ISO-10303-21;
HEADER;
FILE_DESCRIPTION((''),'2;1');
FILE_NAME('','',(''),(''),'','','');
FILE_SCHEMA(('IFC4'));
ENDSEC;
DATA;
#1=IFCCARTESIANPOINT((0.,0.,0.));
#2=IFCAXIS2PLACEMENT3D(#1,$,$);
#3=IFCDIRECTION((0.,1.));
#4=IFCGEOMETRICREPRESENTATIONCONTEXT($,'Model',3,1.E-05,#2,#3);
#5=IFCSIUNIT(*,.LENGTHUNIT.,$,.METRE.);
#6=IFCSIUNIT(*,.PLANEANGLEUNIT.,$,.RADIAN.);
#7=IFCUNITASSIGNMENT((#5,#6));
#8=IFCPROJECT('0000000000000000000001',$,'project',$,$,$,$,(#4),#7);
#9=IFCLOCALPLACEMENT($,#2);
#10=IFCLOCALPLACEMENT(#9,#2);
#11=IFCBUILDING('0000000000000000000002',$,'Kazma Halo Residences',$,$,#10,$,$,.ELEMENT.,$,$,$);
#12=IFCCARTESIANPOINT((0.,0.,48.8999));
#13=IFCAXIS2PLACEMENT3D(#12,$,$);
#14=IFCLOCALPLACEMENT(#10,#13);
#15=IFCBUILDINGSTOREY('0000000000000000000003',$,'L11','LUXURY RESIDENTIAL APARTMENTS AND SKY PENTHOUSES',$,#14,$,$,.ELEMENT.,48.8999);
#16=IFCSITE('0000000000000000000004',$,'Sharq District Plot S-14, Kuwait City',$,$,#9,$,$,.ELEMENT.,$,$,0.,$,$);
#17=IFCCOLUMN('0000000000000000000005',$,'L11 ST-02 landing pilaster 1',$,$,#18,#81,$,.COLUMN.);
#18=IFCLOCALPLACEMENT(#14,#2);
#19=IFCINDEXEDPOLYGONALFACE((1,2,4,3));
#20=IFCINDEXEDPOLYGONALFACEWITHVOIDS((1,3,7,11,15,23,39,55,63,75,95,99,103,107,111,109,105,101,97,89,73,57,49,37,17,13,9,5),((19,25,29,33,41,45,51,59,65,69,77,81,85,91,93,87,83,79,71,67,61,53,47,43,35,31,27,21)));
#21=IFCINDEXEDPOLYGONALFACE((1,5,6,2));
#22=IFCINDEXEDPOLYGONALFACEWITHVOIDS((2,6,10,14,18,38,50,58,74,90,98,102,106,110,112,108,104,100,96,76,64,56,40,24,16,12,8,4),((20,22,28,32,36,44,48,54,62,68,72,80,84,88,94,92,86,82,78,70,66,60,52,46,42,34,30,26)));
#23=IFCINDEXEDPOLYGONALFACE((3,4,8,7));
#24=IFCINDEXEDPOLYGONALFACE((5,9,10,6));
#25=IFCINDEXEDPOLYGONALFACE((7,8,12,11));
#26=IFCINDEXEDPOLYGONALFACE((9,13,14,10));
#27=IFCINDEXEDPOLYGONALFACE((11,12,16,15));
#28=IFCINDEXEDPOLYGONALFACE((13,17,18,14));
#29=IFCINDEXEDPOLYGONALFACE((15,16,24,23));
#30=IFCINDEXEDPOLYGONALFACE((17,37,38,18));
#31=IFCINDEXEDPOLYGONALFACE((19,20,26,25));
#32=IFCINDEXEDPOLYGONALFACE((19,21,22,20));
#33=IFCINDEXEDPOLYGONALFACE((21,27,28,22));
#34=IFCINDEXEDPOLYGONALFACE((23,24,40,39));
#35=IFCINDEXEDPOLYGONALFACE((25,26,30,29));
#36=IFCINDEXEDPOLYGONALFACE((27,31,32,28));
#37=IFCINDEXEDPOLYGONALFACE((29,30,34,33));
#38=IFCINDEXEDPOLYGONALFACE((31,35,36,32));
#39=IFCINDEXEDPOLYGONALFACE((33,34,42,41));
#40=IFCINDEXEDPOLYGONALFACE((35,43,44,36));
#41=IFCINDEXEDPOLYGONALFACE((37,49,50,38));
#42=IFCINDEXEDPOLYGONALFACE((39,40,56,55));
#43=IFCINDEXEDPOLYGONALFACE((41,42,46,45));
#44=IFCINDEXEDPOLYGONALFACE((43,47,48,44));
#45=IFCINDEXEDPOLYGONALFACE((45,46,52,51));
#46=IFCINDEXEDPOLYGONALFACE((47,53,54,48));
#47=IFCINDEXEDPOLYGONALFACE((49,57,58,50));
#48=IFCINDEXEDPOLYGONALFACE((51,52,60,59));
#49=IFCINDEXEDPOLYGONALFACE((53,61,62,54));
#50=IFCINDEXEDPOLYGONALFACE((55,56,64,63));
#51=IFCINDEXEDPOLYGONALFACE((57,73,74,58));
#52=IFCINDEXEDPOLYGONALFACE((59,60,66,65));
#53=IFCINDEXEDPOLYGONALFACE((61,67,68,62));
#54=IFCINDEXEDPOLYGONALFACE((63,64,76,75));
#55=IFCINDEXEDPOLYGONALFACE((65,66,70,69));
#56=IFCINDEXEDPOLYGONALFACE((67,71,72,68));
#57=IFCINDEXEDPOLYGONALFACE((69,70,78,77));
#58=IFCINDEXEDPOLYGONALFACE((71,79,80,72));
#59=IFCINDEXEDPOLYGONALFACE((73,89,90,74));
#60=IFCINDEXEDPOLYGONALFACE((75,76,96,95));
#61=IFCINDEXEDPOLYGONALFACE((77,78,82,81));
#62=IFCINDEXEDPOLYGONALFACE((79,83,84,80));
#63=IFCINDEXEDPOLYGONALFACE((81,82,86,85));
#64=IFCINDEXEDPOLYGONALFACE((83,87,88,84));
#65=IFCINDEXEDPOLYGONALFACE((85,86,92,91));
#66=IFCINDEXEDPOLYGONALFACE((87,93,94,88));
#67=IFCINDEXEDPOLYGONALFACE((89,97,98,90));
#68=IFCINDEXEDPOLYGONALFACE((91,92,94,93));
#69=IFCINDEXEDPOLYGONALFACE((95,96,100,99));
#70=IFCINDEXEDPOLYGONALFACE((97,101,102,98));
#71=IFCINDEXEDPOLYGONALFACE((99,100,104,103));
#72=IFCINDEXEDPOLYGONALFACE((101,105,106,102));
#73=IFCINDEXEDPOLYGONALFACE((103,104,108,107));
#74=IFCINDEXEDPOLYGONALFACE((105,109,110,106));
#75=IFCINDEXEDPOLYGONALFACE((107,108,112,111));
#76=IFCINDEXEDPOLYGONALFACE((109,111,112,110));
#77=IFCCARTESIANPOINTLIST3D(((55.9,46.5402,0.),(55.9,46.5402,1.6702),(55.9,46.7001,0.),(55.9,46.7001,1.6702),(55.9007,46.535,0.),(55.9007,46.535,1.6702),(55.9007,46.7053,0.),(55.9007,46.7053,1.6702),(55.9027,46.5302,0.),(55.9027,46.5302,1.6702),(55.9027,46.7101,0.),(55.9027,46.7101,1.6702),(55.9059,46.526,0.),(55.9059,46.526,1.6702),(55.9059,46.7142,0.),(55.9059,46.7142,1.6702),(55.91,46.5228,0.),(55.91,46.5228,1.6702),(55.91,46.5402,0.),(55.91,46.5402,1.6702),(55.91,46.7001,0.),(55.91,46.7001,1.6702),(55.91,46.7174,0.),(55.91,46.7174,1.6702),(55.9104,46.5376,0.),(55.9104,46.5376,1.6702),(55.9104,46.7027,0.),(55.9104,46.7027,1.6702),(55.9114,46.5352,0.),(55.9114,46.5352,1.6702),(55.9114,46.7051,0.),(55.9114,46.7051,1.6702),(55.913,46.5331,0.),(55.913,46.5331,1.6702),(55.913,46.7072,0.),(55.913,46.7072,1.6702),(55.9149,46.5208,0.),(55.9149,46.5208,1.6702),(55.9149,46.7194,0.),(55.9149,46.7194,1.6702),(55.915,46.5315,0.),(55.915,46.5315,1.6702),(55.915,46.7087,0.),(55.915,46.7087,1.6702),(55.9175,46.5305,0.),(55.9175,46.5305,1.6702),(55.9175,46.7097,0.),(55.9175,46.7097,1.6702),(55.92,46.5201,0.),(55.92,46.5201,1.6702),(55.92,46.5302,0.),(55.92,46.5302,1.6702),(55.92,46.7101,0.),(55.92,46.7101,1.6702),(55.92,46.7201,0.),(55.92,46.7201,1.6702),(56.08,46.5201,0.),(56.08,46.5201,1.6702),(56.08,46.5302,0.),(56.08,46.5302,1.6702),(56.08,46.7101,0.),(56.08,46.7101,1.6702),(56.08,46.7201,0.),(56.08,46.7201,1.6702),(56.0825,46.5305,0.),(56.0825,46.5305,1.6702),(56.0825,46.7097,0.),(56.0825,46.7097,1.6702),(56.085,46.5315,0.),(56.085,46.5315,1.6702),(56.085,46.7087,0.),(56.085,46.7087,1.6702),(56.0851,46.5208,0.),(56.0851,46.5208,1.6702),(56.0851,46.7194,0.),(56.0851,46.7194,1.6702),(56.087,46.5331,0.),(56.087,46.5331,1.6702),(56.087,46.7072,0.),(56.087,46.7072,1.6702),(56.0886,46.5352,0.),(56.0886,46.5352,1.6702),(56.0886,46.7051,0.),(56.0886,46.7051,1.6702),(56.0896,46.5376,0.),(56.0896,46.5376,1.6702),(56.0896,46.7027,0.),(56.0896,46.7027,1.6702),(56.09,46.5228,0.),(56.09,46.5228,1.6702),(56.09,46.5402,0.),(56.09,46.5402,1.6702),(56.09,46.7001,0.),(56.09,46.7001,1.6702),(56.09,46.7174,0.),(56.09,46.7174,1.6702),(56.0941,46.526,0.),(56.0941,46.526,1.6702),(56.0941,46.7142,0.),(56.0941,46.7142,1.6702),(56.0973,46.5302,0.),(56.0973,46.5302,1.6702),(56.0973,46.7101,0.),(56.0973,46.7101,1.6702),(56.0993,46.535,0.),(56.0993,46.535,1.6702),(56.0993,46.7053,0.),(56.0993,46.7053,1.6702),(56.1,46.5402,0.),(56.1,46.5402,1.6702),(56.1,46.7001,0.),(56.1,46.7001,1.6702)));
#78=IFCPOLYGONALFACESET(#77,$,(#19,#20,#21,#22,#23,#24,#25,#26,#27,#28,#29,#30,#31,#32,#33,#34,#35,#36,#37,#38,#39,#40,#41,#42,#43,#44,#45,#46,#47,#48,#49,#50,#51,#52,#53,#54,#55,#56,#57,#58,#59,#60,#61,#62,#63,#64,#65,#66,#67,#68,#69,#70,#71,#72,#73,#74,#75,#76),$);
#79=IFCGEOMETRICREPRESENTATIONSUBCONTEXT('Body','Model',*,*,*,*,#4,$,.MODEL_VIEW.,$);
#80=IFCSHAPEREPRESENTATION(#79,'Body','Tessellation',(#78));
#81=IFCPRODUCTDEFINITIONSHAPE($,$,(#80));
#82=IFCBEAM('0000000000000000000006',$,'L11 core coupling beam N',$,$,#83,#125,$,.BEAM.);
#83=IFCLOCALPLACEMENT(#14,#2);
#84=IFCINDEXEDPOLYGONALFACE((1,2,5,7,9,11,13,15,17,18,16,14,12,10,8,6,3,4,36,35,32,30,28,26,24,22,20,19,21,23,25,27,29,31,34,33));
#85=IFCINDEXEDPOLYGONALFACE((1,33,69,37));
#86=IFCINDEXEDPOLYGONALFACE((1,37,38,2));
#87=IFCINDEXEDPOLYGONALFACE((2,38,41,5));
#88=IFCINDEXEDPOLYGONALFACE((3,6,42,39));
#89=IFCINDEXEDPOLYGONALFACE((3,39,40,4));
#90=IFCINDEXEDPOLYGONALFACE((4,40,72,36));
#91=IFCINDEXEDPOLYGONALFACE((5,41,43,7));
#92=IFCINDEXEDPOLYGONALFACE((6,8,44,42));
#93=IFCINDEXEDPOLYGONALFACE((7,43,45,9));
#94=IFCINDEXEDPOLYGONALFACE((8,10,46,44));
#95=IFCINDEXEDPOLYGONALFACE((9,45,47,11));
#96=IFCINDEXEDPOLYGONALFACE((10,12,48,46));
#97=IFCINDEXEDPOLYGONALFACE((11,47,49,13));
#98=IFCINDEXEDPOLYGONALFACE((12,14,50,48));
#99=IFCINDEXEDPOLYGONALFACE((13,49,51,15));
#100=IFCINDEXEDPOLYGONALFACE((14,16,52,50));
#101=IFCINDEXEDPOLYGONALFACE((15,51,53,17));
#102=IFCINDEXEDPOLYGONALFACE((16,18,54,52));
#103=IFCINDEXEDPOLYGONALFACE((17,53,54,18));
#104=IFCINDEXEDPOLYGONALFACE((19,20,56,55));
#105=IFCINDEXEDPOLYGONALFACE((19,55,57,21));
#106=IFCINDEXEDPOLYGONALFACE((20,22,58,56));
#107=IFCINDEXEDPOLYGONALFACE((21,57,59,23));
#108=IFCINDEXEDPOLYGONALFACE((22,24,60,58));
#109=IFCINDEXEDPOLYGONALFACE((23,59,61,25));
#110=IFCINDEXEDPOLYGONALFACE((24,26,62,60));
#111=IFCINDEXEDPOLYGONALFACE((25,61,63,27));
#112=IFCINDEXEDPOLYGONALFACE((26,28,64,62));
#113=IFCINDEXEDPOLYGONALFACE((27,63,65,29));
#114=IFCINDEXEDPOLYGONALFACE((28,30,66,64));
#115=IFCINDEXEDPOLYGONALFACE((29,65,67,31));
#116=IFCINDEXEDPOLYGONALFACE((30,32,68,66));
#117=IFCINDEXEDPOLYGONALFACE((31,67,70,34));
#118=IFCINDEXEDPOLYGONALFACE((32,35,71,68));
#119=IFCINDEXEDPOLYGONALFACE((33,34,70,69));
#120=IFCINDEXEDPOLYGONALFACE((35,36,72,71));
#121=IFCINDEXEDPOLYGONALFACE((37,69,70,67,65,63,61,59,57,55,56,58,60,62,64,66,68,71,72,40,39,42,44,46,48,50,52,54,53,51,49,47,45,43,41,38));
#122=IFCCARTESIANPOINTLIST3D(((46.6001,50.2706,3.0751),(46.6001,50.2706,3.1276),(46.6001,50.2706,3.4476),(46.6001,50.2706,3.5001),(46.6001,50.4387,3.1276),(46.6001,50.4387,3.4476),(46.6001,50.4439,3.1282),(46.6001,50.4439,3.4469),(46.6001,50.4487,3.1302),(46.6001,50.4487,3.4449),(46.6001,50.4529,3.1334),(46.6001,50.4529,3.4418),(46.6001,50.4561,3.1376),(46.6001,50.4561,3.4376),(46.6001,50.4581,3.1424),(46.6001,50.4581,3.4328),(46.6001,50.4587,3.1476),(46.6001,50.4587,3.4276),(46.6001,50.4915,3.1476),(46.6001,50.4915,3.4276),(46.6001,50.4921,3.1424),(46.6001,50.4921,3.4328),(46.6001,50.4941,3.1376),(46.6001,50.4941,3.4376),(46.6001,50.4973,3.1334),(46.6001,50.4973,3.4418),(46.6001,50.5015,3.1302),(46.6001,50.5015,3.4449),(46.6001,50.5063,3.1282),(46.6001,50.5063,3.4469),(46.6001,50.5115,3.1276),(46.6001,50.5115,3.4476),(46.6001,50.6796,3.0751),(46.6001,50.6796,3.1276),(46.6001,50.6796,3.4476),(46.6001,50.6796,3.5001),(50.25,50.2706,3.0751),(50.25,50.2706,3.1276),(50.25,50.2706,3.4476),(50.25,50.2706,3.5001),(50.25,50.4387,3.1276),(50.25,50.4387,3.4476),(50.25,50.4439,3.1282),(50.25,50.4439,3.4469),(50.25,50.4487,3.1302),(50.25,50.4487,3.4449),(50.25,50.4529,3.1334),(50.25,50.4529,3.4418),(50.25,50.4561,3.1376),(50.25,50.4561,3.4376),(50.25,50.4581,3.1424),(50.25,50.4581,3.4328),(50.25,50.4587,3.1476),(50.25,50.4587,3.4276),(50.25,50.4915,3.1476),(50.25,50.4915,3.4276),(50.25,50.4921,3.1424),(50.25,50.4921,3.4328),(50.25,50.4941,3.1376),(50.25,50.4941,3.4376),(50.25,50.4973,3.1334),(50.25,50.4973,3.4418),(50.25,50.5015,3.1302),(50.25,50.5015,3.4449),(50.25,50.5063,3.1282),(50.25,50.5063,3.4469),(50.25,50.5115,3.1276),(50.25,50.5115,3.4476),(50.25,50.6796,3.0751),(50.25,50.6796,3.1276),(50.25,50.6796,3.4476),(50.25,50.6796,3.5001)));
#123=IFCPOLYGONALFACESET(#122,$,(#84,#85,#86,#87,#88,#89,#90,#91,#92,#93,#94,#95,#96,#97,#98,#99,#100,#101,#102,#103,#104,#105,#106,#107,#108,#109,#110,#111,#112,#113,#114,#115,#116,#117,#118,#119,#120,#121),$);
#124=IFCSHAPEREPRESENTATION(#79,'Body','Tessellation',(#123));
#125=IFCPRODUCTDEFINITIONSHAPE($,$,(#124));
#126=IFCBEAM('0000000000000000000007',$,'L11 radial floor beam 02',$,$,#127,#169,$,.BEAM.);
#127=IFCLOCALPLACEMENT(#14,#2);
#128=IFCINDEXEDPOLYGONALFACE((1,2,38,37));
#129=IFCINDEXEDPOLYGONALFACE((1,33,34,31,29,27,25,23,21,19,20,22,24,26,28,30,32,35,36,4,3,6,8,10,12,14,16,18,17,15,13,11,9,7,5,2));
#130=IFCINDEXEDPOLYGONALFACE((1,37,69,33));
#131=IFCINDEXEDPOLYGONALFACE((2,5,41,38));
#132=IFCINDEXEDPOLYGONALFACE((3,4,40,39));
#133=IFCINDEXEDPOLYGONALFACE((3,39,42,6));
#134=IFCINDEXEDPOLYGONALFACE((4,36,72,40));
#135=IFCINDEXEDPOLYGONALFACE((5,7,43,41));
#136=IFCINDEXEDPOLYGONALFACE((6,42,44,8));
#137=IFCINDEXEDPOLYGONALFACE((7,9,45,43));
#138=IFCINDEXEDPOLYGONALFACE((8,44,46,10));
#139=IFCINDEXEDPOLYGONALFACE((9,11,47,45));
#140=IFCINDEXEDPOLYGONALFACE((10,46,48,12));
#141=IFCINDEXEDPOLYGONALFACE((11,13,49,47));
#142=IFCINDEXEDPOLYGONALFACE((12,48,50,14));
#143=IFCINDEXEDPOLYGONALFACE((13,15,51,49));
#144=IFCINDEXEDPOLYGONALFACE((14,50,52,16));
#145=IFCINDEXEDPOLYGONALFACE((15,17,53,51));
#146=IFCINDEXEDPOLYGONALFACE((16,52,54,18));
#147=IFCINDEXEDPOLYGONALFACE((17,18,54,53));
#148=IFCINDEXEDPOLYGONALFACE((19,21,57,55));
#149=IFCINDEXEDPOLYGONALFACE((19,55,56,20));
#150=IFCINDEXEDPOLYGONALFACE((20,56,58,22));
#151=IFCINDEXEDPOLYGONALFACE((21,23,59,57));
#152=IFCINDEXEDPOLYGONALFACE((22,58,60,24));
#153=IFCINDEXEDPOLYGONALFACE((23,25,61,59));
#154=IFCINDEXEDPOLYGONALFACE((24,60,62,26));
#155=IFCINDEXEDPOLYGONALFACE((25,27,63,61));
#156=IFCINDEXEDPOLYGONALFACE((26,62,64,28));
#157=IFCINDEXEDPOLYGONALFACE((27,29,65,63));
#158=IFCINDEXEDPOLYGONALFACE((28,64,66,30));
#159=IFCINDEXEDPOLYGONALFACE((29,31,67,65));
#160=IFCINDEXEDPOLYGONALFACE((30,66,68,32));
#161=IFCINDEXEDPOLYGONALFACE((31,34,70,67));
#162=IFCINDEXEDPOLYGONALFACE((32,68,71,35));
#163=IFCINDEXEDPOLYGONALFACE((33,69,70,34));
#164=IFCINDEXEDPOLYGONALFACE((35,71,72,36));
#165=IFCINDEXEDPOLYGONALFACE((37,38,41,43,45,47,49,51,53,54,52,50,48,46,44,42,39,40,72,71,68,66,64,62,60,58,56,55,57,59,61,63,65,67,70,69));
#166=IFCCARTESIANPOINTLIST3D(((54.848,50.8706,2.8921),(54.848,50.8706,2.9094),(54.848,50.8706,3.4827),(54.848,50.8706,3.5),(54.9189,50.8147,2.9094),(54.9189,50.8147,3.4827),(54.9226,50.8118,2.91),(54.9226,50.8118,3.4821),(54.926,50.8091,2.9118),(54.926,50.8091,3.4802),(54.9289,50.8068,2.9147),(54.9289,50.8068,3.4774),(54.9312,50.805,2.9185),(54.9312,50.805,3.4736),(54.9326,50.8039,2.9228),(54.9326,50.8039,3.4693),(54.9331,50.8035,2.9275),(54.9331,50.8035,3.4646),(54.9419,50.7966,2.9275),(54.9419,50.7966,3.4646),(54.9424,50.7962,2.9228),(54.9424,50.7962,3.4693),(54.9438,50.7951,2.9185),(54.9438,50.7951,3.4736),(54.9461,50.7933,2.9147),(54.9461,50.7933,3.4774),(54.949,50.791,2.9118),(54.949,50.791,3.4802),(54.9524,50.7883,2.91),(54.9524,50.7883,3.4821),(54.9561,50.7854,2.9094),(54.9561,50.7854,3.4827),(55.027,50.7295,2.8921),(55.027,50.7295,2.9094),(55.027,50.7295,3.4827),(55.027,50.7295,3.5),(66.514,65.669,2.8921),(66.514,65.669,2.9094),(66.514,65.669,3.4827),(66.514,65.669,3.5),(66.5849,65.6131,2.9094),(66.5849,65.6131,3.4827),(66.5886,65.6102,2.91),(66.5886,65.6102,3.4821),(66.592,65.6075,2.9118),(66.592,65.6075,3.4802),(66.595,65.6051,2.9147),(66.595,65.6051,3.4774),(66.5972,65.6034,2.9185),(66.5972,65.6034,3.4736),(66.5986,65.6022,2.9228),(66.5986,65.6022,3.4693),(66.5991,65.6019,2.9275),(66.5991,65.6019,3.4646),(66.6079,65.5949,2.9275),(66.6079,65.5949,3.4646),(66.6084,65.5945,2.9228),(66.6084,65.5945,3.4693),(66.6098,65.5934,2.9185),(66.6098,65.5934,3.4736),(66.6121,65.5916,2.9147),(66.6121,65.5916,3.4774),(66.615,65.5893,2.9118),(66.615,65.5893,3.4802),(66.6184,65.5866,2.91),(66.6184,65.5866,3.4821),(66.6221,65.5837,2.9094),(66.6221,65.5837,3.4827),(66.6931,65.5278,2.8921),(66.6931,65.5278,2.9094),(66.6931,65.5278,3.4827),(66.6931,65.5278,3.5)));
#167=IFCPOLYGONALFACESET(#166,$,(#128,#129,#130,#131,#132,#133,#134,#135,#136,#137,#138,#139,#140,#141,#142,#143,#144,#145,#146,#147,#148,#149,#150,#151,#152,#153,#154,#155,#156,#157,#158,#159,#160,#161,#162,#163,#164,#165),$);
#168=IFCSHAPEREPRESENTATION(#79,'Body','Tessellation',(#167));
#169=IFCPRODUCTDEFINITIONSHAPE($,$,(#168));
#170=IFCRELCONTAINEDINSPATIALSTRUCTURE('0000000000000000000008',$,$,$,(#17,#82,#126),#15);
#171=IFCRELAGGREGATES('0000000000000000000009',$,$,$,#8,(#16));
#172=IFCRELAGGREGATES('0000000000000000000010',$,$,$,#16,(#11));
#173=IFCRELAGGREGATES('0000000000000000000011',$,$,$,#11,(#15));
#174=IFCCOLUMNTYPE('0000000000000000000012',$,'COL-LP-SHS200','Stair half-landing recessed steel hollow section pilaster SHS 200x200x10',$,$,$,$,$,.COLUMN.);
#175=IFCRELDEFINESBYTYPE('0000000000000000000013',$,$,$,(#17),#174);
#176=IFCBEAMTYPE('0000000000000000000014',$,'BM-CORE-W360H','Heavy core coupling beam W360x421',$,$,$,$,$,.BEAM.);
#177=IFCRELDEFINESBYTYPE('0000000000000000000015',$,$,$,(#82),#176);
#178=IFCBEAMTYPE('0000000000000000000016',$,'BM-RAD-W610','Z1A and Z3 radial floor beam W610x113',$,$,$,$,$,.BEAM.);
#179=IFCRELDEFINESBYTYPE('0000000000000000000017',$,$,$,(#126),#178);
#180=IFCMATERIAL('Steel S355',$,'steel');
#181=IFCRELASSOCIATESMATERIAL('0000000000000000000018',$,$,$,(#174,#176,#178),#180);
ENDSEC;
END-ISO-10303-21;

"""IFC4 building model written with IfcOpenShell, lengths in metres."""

from ifc_helpers import new_model, si_unit, direction, frame, origin, origin_2d, place, context, subcontext, project, spatial, hollow_rectangle, i_section, extrude, material, material_profile, profile_set, type_object, element, save


model = new_model("IFC4")

# Units and contexts
model_context = context("Model", 3, precision=1e-05, world=origin(), true_north=direction((0.0, 1.0)))
body_context = subcontext(model_context, "Body", "Model", "MODEL_VIEW")
ifc_project = project(units=[si_unit("LENGTHUNIT", "METRE"), si_unit("PLANEANGLEUNIT", "RADIAN")], contexts=[model_context])

# Site, building, storey
site_placement = place(None, origin())
site = spatial("IfcSite", under=ifc_project, at=site_placement, Name="Sharq District Plot S-14, Kuwait City", CompositionType="ELEMENT", RefElevation=0.0)
building_placement = place(site_placement, origin())
building = spatial("IfcBuilding", under=site, at=building_placement, Name="Kazma Halo Residences", CompositionType="ELEMENT")
storey_placement = place(building_placement, frame((0.0, 0.0, 48.8999)))
storey = spatial("IfcBuildingStorey", under=building, at=storey_placement, Name="L11", Description="LUXURY RESIDENTIAL APARTMENTS AND SKY PENTHOUSES", CompositionType="ELEMENT", Elevation=48.8999)

# Column
ifc_material_1 = material(Name="Steel S355", Category="steel")
ifc_material_profile_1 = material_profile(ifc_material_1, hollow_rectangle(XDim=0.2, YDim=0.2, WallThickness=0.01, InnerFilletRadius=0.01, OuterFilletRadius=0.02, at=origin_2d()), Name="SHS200x200x10")
ifc_profile_set_1 = profile_set([ifc_material_profile_1], Name="Steel S355")
column_type = type_object("IfcColumnType", Name="COL-LP-SHS200", Description="Stair half-landing recessed steel hollow section pilaster SHS 200x200x10", PredefinedType="COLUMN", material=ifc_profile_set_1)
column_placement = place(storey_placement, frame((56.0, 46.6201, 0.0), z_axis=(0.0, 0.0, 1.0), x_axis=(1.0, 0.0, 0.0)))
element("IfcColumn", 1, at=column_placement, inside=storey, type_object=column_type, Name="L11 ST-02 landing pilaster 1", PredefinedType="COLUMN", context=body_context, shape_type="SweptSolid", body=[
    extrude(hollow_rectangle(XDim=0.2, YDim=0.2, WallThickness=0.01, InnerFilletRadius=0.01, OuterFilletRadius=0.02, at=origin_2d()), origin(), (0.0, 0.0, 1.0), 1.6702),
])

# Beams
ifc_material_profile_2 = material_profile(ifc_material_1, i_section(OverallWidth=0.4089, OverallDepth=0.425, WebThickness=0.0327, FlangeThickness=0.0525, FilletRadius=0.02, at=origin_2d()), Name="W360x421")
ifc_profile_set_2 = profile_set([ifc_material_profile_2], Name="Steel S355")
beam_type_1 = type_object("IfcBeamType", Name="BM-CORE-W360H", Description="Heavy core coupling beam W360x421", PredefinedType="BEAM", material=ifc_profile_set_2)
beam_1_placement = place(storey_placement, frame((46.6001, 50.4751, 3.2876), z_axis=(1.0, 0.0, 0.0), x_axis=(0.0, 1.0, 0.0)))
element("IfcBeam", 2, at=beam_1_placement, inside=storey, type_object=beam_type_1, Name="L11 core coupling beam N", PredefinedType="BEAM", context=body_context, shape_type="SweptSolid", body=[
    extrude(i_section(OverallWidth=0.4089, OverallDepth=0.425, WebThickness=0.0327, FlangeThickness=0.0525, FilletRadius=0.02, at=origin_2d()), origin(), (0.0, 0.0, 1.0), 3.6499),
])
ifc_material_profile_3 = material_profile(ifc_material_1, i_section(OverallWidth=0.228, OverallDepth=0.6079, WebThickness=0.0112, FlangeThickness=0.0173, FilletRadius=0.0181, at=origin_2d()), Name="W610x113")
ifc_profile_set_3 = profile_set([ifc_material_profile_3], Name="Steel S355")
beam_type_2 = type_object("IfcBeamType", Name="BM-RAD-W610", Description="Z1A and Z3 radial floor beam W610x113", PredefinedType="BEAM", material=ifc_profile_set_3)
beam_2_placement = place(storey_placement, frame((54.9375, 50.8, 3.196), z_axis=(0.619092, 0.785318, 0.0), x_axis=(-0.785318, 0.619092, 0.0)))
element("IfcBeam", 3, at=beam_2_placement, inside=storey, type_object=beam_type_2, Name="L11 radial floor beam 02", PredefinedType="BEAM", context=body_context, shape_type="SweptSolid", body=[
    extrude(i_section(OverallWidth=0.228, OverallDepth=0.6079, WebThickness=0.0112, FlangeThickness=0.0173, FilletRadius=0.0181, at=origin_2d()), origin(), (0.0, 0.0, 1.0), 18.8438),
])

save(model, "model.ifc")
